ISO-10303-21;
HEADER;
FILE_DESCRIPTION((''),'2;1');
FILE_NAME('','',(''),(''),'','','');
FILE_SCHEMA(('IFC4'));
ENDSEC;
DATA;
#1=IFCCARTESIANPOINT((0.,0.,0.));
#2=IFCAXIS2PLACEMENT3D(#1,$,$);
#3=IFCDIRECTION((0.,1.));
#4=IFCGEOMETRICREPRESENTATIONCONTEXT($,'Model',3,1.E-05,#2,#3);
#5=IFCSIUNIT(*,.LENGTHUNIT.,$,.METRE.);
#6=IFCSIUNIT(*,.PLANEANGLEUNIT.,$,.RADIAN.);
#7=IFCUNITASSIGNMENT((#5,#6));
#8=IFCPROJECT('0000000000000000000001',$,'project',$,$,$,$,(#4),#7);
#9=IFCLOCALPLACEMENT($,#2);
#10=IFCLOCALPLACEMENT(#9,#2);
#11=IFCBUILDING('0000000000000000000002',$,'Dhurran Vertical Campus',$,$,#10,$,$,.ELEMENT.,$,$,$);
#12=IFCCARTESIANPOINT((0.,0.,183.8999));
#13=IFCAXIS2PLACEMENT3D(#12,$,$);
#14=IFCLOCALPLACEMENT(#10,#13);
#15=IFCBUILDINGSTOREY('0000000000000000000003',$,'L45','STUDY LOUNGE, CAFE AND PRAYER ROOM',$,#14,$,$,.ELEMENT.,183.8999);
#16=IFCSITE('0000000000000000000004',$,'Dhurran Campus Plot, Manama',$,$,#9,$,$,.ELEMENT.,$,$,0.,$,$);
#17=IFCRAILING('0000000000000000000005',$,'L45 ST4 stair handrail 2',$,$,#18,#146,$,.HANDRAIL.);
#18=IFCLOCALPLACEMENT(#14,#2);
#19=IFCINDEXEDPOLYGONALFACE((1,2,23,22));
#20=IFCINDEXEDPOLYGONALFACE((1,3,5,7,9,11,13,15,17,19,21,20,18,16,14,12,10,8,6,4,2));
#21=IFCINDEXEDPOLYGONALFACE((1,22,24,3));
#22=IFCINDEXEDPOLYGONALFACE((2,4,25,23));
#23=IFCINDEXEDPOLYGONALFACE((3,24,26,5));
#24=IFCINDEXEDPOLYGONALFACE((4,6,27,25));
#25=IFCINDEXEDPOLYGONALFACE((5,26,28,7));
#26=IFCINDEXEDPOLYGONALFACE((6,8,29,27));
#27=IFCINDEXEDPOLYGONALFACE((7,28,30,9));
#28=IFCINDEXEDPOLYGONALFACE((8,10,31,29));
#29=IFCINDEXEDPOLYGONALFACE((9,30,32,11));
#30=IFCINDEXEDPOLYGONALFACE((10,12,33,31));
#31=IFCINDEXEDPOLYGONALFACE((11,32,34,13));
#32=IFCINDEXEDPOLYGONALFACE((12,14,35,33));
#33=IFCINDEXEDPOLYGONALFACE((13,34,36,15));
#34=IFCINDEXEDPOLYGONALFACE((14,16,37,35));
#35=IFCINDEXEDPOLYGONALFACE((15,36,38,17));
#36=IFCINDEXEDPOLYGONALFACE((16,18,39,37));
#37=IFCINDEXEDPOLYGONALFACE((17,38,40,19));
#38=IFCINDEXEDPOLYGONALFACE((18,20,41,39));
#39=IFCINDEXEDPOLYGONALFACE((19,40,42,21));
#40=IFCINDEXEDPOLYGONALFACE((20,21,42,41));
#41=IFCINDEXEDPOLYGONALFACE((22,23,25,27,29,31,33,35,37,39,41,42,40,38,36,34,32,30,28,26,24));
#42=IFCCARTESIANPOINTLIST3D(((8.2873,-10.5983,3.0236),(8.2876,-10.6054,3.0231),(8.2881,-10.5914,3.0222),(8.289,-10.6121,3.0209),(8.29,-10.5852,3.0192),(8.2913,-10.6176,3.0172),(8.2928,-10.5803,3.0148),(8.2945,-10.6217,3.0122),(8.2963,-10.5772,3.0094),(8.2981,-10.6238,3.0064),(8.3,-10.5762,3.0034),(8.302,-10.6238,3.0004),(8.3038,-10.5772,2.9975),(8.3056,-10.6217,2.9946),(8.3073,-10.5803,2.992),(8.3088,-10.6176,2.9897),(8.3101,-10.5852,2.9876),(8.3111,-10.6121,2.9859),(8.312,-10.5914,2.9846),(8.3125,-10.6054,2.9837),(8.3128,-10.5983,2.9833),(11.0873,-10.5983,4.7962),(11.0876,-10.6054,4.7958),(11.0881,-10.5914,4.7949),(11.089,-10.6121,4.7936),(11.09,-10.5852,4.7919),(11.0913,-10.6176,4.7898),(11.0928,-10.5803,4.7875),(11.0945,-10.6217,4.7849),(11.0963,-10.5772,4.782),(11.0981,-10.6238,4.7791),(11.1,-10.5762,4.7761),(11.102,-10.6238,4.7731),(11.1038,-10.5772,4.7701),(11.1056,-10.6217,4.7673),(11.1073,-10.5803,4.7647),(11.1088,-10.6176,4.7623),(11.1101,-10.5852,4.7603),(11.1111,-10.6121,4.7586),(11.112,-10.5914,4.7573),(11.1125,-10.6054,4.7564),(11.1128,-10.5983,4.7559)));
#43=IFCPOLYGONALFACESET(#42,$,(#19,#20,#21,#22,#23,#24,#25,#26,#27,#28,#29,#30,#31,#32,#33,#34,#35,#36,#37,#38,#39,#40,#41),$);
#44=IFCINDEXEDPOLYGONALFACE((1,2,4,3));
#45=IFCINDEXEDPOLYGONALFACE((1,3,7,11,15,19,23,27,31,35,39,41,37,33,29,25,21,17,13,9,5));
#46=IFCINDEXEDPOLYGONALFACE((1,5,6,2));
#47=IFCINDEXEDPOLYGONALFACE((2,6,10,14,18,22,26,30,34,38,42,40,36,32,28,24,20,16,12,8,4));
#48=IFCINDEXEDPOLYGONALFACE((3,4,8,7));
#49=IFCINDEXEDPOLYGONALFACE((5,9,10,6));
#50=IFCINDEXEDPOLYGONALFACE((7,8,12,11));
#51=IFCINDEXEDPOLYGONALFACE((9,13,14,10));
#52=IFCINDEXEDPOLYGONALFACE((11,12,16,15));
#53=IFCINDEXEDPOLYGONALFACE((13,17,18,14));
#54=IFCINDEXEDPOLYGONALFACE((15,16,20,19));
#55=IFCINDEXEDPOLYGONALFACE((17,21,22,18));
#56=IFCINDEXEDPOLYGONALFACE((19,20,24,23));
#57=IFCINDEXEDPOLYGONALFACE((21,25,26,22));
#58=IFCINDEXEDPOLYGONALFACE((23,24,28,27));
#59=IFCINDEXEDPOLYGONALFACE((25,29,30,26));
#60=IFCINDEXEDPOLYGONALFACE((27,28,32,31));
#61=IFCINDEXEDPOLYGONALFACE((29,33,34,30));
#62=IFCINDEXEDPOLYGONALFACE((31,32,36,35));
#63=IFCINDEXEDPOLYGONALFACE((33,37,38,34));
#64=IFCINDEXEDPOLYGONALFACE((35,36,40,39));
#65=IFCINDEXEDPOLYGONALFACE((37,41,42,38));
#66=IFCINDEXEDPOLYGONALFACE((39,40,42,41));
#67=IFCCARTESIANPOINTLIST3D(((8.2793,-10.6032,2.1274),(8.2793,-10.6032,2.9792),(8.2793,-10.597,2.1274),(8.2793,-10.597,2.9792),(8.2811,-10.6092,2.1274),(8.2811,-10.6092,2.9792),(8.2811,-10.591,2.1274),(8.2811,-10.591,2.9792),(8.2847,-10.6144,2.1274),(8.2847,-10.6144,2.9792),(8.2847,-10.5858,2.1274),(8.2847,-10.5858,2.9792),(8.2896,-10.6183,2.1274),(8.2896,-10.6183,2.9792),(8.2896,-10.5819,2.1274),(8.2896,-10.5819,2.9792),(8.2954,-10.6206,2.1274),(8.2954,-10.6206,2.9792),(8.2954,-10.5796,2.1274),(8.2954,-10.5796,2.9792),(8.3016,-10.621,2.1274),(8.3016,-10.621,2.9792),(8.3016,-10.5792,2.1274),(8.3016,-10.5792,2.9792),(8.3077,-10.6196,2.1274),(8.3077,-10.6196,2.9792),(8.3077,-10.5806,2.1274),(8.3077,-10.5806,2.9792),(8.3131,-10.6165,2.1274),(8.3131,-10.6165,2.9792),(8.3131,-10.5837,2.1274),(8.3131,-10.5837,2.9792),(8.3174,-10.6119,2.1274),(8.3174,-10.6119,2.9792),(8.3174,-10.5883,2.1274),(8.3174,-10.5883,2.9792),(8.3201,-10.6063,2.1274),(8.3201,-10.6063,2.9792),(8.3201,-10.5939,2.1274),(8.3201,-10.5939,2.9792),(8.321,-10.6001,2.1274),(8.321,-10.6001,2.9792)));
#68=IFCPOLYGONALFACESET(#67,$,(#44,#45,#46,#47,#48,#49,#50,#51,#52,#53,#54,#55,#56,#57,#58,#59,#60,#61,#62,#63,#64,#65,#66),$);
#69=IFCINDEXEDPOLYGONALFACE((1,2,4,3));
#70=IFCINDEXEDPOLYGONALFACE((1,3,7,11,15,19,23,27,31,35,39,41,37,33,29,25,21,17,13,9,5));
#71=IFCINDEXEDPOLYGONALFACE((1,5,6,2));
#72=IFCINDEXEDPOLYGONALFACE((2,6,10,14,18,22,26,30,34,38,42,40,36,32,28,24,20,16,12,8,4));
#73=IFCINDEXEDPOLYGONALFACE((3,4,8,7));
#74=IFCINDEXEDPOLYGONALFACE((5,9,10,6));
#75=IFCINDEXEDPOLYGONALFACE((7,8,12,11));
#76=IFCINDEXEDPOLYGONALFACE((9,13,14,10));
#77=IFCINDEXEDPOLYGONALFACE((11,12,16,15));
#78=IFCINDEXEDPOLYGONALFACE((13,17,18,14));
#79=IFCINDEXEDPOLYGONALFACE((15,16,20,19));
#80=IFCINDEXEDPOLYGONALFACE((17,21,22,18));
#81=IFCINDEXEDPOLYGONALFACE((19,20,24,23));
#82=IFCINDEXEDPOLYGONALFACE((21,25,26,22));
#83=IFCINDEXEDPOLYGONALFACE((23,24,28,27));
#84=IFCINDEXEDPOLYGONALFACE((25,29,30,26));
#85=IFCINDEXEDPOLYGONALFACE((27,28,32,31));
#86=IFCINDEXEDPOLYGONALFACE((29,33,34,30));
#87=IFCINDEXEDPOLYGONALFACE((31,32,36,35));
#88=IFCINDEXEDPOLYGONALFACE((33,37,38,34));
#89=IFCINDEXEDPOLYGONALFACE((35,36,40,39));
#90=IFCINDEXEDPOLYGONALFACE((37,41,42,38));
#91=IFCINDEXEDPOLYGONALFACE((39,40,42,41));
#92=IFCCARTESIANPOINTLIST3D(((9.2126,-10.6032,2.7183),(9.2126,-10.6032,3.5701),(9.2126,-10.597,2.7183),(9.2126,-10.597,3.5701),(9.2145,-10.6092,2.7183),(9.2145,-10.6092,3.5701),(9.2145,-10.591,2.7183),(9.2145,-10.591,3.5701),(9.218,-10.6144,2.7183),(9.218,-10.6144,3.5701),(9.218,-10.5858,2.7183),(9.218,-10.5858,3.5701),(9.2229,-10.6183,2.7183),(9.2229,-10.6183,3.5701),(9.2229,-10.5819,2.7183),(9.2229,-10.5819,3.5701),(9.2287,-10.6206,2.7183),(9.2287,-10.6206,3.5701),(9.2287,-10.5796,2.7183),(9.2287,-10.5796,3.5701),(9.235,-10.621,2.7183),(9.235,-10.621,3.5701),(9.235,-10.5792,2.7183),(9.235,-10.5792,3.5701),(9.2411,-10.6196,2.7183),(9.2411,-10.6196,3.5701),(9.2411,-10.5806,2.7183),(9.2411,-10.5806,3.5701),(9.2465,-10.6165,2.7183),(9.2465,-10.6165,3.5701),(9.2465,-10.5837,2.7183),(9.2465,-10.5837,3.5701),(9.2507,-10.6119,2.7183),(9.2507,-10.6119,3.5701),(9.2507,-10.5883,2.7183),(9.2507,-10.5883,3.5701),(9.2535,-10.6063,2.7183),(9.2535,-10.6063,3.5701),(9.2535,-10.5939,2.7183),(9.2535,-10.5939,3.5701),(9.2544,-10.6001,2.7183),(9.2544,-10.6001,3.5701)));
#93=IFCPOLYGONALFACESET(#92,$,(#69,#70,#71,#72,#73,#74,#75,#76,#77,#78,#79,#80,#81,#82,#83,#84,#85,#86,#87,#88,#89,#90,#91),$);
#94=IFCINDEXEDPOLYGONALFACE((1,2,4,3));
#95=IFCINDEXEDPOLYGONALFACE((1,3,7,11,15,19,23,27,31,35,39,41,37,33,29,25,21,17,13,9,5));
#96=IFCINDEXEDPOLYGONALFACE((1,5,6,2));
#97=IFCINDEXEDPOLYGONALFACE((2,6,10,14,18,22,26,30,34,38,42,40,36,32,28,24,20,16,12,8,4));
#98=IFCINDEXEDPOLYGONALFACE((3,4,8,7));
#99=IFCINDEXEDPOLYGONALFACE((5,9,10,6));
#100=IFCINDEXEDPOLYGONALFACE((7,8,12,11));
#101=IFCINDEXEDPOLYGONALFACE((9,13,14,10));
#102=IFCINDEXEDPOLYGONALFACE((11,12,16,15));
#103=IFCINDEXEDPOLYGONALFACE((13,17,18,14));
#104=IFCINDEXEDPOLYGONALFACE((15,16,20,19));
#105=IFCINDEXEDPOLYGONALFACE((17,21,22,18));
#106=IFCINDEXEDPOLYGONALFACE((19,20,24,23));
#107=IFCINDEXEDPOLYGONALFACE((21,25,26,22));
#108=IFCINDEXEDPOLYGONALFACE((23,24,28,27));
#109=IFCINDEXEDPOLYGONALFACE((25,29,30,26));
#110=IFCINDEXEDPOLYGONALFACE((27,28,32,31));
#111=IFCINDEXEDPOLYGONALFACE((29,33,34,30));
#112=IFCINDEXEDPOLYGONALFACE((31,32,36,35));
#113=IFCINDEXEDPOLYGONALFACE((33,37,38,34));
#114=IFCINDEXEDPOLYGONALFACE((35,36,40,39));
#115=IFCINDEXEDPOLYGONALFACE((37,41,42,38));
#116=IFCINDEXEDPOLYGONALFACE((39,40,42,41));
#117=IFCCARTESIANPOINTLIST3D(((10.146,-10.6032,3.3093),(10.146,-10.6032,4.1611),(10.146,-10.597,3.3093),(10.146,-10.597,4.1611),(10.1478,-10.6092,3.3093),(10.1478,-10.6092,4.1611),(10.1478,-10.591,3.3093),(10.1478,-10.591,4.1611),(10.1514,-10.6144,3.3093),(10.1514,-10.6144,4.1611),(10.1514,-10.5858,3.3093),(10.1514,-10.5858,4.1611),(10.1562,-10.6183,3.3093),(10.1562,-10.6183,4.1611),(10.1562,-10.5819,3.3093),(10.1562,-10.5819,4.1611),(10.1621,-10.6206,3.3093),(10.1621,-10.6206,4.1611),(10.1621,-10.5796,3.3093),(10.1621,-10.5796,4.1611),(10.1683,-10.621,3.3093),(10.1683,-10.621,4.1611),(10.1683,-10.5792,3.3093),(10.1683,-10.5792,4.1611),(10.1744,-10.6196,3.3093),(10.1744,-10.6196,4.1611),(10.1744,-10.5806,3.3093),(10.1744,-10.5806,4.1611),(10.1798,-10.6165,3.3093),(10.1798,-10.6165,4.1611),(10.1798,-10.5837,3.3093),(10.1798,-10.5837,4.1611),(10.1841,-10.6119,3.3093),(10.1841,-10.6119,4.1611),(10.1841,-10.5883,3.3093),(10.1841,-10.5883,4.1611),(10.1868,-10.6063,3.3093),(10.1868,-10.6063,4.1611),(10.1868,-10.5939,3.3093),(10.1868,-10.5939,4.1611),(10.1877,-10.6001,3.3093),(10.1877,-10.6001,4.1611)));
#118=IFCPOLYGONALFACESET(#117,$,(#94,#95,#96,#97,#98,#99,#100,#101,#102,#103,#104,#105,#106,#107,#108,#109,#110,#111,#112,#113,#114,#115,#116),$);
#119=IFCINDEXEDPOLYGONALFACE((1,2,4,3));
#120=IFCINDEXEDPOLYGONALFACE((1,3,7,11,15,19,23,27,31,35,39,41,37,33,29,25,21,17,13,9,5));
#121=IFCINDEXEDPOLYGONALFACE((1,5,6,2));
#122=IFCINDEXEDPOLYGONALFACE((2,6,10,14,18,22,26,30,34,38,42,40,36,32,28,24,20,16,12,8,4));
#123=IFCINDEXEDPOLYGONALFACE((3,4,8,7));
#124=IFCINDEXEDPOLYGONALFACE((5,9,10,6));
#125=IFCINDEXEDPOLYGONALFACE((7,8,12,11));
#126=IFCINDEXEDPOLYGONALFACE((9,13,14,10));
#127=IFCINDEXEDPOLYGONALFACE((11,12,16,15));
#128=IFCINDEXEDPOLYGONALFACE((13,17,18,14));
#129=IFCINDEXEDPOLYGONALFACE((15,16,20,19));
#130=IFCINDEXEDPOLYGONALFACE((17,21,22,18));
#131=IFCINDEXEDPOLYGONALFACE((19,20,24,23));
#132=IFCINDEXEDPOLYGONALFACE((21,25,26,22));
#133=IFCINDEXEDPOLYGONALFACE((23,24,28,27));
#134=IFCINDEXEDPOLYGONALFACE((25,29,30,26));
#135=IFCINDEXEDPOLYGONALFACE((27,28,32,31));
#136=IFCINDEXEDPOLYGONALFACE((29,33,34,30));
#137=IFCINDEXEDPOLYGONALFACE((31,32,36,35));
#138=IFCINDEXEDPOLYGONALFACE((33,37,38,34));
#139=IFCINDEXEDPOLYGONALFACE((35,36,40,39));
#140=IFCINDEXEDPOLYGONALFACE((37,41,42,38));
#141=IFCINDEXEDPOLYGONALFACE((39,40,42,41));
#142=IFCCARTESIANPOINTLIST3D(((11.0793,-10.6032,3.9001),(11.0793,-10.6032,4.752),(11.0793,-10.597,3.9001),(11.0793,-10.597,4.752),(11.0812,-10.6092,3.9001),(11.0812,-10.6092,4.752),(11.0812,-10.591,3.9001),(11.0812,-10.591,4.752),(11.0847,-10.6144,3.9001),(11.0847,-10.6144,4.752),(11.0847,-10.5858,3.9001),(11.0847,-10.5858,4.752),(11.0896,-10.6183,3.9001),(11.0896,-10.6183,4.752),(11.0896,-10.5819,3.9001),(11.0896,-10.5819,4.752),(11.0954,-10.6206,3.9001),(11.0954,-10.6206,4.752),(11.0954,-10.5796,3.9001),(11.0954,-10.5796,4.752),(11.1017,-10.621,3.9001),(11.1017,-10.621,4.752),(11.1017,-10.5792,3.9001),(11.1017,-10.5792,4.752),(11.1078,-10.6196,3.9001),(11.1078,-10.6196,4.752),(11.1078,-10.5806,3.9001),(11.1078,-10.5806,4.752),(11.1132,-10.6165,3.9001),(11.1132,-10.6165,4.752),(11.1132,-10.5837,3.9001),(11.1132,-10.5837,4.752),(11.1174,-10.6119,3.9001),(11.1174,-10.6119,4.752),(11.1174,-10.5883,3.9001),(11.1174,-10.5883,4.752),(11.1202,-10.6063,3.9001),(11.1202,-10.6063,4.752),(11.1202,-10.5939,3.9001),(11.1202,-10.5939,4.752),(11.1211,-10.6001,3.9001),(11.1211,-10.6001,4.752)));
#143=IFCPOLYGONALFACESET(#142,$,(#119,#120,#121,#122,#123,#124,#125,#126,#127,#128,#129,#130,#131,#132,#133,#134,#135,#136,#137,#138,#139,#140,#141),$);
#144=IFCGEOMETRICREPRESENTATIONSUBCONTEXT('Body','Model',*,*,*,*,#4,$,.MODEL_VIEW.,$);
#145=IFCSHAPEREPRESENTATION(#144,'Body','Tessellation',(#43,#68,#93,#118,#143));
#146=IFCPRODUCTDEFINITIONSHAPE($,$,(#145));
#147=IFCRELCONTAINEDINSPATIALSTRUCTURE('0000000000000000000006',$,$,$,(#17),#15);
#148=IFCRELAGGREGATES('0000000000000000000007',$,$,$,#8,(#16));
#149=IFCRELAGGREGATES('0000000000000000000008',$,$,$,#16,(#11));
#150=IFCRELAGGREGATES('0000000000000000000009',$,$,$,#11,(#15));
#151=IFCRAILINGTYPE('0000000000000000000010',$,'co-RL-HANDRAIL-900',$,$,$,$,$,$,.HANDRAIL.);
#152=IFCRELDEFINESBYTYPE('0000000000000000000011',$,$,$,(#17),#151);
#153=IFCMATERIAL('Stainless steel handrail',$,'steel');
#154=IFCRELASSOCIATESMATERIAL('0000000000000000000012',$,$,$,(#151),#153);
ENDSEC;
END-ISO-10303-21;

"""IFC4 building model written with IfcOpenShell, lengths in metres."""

from ifc_helpers import new_model, si_unit, direction, frame, origin, origin_2d, place, context, subcontext, project, spatial, circle, extrude, material, type_object, element, save


model = new_model("IFC4")

# Units and contexts
model_context = context("Model", 3, precision=1e-05, world=origin(), true_north=direction((0.0, 1.0)))
body_context = subcontext(model_context, "Body", "Model", "MODEL_VIEW")
ifc_project = project(units=[si_unit("LENGTHUNIT", "METRE"), si_unit("PLANEANGLEUNIT", "RADIAN")], contexts=[model_context])

# Site, building, storey
site_placement = place(None, origin())
site = spatial("IfcSite", under=ifc_project, at=site_placement, Name="Dhurran Campus Plot, Manama", CompositionType="ELEMENT", RefElevation=0.0)
building_placement = place(site_placement, origin())
building = spatial("IfcBuilding", under=site, at=building_placement, Name="Dhurran Vertical Campus", CompositionType="ELEMENT")
storey_placement = place(building_placement, frame((0.0, 0.0, 183.8999)))
storey = spatial("IfcBuildingStorey", under=building, at=storey_placement, Name="L45", Description="STUDY LOUNGE, CAFE AND PRAYER ROOM", CompositionType="ELEMENT", Elevation=183.8999)

# Railing
ifc_material_1 = material(Name="Stainless steel handrail", Category="steel")
railing_type_1 = type_object("IfcRailingType", Name="co-RL-HANDRAIL-900", PredefinedType="HANDRAIL", material=ifc_material_1)
railing_1_placement = place(storey_placement, frame((8.3, -10.6001, 2.1274)))
element("IfcRailing", 1, at=railing_1_placement, inside=storey, type_object=railing_type_1, Name="L45 ST4 stair handrail 2", PredefinedType="HANDRAIL", context=body_context, shape_type="SweptSolid", body=[
    extrude(circle(Radius=0.0239, at=origin_2d()), frame((0.0, 0.0, 0.876), z_axis=(0.844909, 0.0, 0.53491), x_axis=(0.0, 1.0, 0.0)), (0.0, 0.0, 1.0), 3.314),
    extrude(circle(Radius=0.021, at=origin_2d()), origin(), (0.0, 0.0, 1.0), 0.8518),
    extrude(circle(Radius=0.021, at=origin_2d()), frame((0.9333, 0.0, 0.5908)), (0.0, 0.0, 1.0), 0.8518),
    extrude(circle(Radius=0.021, at=origin_2d()), frame((1.8667, 0.0, 1.1819)), (0.0, 0.0, 1.0), 0.8518),
    extrude(circle(Radius=0.021, at=origin_2d()), frame((2.8, 0.0, 1.7727)), (0.0, 0.0, 1.0), 0.8518),
])

save(model, "model.ifc")
